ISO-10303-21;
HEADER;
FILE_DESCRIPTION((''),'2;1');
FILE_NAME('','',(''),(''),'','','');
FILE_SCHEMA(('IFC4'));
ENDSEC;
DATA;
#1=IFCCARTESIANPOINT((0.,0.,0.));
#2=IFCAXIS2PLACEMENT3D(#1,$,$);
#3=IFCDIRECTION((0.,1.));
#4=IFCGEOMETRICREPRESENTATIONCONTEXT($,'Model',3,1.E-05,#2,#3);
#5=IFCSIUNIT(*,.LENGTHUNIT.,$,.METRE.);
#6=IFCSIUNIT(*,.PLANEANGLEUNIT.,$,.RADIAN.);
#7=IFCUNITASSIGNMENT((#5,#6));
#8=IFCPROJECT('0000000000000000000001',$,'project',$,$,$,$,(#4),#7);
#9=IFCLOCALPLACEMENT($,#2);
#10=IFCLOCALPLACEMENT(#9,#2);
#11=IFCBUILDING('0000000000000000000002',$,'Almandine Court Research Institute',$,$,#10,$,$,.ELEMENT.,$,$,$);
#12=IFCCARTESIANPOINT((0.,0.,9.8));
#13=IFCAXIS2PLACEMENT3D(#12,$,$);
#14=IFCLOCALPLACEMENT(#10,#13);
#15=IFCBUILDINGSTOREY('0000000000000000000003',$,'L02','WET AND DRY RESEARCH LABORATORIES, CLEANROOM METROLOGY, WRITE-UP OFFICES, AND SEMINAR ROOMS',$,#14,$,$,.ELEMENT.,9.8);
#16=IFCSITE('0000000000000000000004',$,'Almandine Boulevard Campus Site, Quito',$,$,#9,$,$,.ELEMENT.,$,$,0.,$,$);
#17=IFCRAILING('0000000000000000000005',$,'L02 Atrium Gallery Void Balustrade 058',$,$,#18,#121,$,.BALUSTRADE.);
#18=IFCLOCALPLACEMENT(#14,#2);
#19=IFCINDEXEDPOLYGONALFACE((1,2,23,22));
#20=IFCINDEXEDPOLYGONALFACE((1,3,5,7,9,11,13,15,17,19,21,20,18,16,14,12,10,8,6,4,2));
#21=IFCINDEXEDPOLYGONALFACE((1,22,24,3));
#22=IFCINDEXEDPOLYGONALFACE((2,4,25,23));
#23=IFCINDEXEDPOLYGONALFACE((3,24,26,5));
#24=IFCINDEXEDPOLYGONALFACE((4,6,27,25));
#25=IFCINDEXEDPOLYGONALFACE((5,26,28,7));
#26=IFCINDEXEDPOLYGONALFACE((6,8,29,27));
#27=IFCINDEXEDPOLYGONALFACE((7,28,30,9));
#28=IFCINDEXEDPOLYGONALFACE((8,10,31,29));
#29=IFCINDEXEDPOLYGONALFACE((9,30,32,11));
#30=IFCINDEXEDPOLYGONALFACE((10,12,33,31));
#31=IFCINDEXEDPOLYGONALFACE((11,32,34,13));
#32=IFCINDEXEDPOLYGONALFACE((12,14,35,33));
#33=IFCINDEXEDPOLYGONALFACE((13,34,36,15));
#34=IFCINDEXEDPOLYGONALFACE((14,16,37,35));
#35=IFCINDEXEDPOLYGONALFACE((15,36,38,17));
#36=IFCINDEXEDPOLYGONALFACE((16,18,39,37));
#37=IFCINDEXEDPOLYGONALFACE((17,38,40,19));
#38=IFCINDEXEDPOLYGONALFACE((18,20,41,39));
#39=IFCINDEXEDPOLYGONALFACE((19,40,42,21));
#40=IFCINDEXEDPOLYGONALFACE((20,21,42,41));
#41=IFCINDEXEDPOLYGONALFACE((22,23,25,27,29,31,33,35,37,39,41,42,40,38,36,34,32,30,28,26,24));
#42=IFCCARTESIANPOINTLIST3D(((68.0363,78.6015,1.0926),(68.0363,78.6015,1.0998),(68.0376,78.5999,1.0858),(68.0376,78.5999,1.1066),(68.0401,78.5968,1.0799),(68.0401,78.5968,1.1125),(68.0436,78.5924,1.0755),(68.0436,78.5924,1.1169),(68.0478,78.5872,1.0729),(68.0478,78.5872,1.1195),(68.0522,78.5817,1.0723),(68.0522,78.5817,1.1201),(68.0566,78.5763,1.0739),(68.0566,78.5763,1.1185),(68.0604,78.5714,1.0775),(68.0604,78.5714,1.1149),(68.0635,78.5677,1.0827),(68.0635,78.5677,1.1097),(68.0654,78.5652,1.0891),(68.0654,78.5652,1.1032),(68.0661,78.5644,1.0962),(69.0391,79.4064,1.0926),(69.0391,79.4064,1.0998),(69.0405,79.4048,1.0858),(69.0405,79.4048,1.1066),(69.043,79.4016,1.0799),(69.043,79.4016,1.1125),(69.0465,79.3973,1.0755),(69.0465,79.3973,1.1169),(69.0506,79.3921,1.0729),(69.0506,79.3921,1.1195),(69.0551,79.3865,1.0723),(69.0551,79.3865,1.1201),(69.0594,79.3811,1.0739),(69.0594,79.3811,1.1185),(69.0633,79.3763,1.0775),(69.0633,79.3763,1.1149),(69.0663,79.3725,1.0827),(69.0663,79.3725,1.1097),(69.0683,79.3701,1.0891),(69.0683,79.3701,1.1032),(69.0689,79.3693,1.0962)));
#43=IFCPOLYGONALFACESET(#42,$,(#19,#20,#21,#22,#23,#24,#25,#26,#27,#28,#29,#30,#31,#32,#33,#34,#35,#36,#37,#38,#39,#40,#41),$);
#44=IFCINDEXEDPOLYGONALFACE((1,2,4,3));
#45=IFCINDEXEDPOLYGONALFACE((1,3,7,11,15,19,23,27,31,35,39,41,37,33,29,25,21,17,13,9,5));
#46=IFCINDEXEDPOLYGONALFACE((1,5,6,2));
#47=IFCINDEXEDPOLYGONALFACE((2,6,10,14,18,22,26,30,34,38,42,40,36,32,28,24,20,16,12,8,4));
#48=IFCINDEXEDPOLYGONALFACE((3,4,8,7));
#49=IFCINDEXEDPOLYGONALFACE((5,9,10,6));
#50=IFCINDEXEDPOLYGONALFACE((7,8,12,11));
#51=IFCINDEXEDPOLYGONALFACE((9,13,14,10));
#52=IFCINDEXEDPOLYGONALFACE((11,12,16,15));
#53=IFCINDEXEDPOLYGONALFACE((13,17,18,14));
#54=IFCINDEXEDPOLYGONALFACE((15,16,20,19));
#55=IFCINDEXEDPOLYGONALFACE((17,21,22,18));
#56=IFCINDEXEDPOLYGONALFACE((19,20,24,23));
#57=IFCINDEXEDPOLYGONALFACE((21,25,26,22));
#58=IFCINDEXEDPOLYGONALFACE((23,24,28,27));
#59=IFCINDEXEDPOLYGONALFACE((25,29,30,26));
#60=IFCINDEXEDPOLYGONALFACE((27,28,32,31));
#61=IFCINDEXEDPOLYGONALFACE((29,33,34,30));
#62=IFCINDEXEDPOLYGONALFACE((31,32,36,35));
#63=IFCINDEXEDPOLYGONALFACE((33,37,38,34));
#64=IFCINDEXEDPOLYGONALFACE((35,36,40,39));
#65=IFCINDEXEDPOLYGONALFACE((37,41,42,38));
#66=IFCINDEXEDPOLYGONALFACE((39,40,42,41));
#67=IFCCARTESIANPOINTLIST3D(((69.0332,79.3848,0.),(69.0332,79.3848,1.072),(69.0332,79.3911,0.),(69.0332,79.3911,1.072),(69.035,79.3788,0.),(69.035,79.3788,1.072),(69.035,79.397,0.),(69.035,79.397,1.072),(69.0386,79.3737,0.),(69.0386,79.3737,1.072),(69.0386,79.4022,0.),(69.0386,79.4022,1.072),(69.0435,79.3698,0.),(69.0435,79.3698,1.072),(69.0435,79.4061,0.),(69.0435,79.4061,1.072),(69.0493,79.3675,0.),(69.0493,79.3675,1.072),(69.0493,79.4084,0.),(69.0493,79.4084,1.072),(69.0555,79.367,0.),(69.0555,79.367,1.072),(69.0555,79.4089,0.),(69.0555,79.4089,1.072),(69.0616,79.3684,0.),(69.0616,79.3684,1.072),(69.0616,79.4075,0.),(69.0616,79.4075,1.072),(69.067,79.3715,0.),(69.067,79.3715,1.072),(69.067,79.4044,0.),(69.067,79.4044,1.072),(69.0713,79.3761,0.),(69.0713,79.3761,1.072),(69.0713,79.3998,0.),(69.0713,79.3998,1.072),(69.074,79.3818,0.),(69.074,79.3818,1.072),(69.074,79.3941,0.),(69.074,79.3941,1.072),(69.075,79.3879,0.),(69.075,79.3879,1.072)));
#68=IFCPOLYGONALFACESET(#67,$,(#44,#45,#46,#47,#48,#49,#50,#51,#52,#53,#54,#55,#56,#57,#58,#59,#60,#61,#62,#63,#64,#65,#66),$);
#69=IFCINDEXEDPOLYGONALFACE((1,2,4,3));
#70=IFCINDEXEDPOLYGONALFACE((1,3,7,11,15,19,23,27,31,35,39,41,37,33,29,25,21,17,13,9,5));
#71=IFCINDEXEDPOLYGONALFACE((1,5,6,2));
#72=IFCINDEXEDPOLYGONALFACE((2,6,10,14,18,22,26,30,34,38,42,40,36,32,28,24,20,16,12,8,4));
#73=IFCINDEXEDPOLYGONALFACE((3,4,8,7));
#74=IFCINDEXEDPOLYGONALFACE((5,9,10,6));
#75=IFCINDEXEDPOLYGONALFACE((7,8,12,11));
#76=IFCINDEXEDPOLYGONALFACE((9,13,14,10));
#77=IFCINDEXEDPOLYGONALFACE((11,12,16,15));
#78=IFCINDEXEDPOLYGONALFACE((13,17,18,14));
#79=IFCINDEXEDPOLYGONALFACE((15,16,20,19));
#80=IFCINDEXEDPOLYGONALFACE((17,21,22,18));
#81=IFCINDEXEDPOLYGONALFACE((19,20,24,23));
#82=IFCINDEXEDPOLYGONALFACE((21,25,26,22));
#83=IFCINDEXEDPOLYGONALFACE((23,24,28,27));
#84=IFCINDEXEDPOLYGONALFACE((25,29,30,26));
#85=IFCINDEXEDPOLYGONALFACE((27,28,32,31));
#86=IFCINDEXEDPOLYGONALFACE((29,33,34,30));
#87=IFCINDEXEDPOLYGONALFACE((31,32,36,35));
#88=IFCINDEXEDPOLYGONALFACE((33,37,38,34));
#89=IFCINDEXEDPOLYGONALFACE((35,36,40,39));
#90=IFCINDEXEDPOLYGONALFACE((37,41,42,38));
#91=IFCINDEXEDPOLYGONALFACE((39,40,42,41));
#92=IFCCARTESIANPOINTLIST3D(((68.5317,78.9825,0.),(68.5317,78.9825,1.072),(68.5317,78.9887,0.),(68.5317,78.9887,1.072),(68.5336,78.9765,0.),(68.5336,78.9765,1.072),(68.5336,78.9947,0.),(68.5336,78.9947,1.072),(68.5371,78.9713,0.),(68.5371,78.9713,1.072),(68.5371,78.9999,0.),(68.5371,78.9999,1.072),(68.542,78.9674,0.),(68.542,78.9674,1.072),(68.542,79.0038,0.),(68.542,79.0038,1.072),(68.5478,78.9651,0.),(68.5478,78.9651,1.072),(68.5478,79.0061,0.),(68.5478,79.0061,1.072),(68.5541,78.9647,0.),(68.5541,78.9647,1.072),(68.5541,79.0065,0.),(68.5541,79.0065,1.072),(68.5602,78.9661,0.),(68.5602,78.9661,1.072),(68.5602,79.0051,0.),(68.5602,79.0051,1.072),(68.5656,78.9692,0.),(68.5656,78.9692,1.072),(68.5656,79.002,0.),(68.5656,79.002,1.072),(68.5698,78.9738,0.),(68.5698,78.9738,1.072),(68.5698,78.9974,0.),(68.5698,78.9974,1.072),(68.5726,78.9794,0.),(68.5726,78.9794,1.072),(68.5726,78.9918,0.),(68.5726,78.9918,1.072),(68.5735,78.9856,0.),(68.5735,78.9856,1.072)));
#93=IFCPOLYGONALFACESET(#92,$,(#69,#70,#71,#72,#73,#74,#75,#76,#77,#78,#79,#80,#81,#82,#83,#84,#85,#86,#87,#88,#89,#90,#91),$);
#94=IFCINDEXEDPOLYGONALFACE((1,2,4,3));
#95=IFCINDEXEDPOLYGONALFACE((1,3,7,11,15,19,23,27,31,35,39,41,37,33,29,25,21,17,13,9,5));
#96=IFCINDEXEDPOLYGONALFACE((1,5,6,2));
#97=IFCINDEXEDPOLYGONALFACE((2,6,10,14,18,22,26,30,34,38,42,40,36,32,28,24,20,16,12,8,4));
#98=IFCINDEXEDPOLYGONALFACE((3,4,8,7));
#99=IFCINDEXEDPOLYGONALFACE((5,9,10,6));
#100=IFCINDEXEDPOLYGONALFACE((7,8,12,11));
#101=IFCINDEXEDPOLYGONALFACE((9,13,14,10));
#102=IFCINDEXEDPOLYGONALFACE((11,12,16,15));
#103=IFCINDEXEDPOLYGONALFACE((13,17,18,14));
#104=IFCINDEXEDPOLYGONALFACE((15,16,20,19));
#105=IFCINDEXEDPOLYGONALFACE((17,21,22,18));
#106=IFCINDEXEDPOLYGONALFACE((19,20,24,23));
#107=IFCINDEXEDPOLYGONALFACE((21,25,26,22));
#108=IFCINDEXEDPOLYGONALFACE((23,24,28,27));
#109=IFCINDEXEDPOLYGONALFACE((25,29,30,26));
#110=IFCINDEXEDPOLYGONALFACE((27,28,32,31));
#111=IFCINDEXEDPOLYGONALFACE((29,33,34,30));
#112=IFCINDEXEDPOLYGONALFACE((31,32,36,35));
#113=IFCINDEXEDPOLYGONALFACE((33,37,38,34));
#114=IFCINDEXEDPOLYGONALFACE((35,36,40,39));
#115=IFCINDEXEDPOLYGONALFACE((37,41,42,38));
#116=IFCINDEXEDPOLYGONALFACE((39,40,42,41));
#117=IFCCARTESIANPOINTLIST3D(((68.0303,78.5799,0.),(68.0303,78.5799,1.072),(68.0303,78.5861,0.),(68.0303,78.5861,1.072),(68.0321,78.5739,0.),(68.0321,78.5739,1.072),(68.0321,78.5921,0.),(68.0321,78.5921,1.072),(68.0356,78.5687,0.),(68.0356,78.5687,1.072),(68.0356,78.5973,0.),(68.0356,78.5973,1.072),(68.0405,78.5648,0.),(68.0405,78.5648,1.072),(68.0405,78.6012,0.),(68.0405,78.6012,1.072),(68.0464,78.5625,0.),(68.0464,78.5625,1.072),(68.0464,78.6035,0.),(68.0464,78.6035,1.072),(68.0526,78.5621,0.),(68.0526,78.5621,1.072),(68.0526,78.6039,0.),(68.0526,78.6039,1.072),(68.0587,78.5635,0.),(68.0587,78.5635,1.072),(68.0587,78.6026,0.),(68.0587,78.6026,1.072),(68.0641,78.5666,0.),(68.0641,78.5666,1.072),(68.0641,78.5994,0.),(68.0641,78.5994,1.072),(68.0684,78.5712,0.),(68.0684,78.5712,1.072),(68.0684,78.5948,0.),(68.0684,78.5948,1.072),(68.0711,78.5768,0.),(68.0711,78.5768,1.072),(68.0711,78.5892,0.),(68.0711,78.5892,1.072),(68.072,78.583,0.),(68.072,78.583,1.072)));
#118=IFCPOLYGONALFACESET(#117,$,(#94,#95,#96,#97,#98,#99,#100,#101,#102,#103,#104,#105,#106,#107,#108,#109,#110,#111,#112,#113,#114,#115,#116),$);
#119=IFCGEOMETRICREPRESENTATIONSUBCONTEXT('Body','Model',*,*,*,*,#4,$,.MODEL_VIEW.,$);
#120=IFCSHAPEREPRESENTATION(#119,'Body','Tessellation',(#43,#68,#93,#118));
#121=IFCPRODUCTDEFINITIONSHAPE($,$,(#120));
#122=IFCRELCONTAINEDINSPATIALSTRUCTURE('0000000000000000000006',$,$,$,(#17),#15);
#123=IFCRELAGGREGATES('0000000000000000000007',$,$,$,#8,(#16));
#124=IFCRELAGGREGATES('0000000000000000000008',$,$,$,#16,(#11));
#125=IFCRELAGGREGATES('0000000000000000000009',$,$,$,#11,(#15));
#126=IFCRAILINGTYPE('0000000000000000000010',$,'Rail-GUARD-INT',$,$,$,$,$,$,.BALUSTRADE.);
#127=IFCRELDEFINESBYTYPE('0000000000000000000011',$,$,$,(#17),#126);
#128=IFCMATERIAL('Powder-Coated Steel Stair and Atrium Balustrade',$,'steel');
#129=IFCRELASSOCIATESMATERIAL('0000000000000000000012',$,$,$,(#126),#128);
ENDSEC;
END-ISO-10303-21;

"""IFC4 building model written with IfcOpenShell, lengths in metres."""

from ifc_helpers import new_model, si_unit, direction, frame, origin, origin_2d, place, context, subcontext, project, spatial, circle, extrude, material, type_object, element, save


model = new_model("IFC4")

# Units and contexts
model_context = context("Model", 3, precision=1e-05, world=origin(), true_north=direction((0.0, 1.0)))
body_context = subcontext(model_context, "Body", "Model", "MODEL_VIEW")
ifc_project = project(units=[si_unit("LENGTHUNIT", "METRE"), si_unit("PLANEANGLEUNIT", "RADIAN")], contexts=[model_context])

# Site, building, storey
site_placement = place(None, origin())
site = spatial("IfcSite", under=ifc_project, at=site_placement, Name="Almandine Boulevard Campus Site, Quito", CompositionType="ELEMENT", RefElevation=0.0)
building_placement = place(site_placement, origin())
building = spatial("IfcBuilding", under=site, at=building_placement, Name="Almandine Court Research Institute", CompositionType="ELEMENT")
storey_placement = place(building_placement, frame((0.0, 0.0, 9.8)))
storey = spatial("IfcBuildingStorey", under=building, at=storey_placement, Name="L02", Description="WET AND DRY RESEARCH LABORATORIES, CLEANROOM METROLOGY, WRITE-UP OFFICES, AND SEMINAR ROOMS", CompositionType="ELEMENT", Elevation=9.8)

# Railing
ifc_material_1 = material(Name="Powder-Coated Steel Stair and Atrium Balustrade", Category="steel")
railing_type = type_object("IfcRailingType", Name="Rail-GUARD-INT", PredefinedType="BALUSTRADE", material=ifc_material_1)
railing_1_placement = place(storey_placement, frame((69.054, 79.3879, 0.0)))
element("IfcRailing", 1, at=railing_1_placement, inside=storey, type_object=railing_type, Name="L02 Atrium Gallery Void Balustrade 058", PredefinedType="BALUSTRADE", context=body_context, shape_type="SweptSolid", body=[
    extrude(circle(Radius=0.0239, at=origin_2d()), frame((0.0, 0.0, 1.0962), z_axis=(-0.779886, -0.625921, 0.0), x_axis=(0.625921, -0.779886, 0.0)), (0.0, 0.0, 1.0), 1.2859),
    extrude(circle(Radius=0.021, at=origin_2d()), origin(), (0.0, 0.0, 1.0), 1.072),
    extrude(circle(Radius=0.021, at=origin_2d()), frame((-0.5015, -0.4023, 0.0)), (0.0, 0.0, 1.0), 1.072),
    extrude(circle(Radius=0.021, at=origin_2d()), frame((-1.0029, -0.8049, 0.0)), (0.0, 0.0, 1.0), 1.072),
])

save(model, "model.ifc")
